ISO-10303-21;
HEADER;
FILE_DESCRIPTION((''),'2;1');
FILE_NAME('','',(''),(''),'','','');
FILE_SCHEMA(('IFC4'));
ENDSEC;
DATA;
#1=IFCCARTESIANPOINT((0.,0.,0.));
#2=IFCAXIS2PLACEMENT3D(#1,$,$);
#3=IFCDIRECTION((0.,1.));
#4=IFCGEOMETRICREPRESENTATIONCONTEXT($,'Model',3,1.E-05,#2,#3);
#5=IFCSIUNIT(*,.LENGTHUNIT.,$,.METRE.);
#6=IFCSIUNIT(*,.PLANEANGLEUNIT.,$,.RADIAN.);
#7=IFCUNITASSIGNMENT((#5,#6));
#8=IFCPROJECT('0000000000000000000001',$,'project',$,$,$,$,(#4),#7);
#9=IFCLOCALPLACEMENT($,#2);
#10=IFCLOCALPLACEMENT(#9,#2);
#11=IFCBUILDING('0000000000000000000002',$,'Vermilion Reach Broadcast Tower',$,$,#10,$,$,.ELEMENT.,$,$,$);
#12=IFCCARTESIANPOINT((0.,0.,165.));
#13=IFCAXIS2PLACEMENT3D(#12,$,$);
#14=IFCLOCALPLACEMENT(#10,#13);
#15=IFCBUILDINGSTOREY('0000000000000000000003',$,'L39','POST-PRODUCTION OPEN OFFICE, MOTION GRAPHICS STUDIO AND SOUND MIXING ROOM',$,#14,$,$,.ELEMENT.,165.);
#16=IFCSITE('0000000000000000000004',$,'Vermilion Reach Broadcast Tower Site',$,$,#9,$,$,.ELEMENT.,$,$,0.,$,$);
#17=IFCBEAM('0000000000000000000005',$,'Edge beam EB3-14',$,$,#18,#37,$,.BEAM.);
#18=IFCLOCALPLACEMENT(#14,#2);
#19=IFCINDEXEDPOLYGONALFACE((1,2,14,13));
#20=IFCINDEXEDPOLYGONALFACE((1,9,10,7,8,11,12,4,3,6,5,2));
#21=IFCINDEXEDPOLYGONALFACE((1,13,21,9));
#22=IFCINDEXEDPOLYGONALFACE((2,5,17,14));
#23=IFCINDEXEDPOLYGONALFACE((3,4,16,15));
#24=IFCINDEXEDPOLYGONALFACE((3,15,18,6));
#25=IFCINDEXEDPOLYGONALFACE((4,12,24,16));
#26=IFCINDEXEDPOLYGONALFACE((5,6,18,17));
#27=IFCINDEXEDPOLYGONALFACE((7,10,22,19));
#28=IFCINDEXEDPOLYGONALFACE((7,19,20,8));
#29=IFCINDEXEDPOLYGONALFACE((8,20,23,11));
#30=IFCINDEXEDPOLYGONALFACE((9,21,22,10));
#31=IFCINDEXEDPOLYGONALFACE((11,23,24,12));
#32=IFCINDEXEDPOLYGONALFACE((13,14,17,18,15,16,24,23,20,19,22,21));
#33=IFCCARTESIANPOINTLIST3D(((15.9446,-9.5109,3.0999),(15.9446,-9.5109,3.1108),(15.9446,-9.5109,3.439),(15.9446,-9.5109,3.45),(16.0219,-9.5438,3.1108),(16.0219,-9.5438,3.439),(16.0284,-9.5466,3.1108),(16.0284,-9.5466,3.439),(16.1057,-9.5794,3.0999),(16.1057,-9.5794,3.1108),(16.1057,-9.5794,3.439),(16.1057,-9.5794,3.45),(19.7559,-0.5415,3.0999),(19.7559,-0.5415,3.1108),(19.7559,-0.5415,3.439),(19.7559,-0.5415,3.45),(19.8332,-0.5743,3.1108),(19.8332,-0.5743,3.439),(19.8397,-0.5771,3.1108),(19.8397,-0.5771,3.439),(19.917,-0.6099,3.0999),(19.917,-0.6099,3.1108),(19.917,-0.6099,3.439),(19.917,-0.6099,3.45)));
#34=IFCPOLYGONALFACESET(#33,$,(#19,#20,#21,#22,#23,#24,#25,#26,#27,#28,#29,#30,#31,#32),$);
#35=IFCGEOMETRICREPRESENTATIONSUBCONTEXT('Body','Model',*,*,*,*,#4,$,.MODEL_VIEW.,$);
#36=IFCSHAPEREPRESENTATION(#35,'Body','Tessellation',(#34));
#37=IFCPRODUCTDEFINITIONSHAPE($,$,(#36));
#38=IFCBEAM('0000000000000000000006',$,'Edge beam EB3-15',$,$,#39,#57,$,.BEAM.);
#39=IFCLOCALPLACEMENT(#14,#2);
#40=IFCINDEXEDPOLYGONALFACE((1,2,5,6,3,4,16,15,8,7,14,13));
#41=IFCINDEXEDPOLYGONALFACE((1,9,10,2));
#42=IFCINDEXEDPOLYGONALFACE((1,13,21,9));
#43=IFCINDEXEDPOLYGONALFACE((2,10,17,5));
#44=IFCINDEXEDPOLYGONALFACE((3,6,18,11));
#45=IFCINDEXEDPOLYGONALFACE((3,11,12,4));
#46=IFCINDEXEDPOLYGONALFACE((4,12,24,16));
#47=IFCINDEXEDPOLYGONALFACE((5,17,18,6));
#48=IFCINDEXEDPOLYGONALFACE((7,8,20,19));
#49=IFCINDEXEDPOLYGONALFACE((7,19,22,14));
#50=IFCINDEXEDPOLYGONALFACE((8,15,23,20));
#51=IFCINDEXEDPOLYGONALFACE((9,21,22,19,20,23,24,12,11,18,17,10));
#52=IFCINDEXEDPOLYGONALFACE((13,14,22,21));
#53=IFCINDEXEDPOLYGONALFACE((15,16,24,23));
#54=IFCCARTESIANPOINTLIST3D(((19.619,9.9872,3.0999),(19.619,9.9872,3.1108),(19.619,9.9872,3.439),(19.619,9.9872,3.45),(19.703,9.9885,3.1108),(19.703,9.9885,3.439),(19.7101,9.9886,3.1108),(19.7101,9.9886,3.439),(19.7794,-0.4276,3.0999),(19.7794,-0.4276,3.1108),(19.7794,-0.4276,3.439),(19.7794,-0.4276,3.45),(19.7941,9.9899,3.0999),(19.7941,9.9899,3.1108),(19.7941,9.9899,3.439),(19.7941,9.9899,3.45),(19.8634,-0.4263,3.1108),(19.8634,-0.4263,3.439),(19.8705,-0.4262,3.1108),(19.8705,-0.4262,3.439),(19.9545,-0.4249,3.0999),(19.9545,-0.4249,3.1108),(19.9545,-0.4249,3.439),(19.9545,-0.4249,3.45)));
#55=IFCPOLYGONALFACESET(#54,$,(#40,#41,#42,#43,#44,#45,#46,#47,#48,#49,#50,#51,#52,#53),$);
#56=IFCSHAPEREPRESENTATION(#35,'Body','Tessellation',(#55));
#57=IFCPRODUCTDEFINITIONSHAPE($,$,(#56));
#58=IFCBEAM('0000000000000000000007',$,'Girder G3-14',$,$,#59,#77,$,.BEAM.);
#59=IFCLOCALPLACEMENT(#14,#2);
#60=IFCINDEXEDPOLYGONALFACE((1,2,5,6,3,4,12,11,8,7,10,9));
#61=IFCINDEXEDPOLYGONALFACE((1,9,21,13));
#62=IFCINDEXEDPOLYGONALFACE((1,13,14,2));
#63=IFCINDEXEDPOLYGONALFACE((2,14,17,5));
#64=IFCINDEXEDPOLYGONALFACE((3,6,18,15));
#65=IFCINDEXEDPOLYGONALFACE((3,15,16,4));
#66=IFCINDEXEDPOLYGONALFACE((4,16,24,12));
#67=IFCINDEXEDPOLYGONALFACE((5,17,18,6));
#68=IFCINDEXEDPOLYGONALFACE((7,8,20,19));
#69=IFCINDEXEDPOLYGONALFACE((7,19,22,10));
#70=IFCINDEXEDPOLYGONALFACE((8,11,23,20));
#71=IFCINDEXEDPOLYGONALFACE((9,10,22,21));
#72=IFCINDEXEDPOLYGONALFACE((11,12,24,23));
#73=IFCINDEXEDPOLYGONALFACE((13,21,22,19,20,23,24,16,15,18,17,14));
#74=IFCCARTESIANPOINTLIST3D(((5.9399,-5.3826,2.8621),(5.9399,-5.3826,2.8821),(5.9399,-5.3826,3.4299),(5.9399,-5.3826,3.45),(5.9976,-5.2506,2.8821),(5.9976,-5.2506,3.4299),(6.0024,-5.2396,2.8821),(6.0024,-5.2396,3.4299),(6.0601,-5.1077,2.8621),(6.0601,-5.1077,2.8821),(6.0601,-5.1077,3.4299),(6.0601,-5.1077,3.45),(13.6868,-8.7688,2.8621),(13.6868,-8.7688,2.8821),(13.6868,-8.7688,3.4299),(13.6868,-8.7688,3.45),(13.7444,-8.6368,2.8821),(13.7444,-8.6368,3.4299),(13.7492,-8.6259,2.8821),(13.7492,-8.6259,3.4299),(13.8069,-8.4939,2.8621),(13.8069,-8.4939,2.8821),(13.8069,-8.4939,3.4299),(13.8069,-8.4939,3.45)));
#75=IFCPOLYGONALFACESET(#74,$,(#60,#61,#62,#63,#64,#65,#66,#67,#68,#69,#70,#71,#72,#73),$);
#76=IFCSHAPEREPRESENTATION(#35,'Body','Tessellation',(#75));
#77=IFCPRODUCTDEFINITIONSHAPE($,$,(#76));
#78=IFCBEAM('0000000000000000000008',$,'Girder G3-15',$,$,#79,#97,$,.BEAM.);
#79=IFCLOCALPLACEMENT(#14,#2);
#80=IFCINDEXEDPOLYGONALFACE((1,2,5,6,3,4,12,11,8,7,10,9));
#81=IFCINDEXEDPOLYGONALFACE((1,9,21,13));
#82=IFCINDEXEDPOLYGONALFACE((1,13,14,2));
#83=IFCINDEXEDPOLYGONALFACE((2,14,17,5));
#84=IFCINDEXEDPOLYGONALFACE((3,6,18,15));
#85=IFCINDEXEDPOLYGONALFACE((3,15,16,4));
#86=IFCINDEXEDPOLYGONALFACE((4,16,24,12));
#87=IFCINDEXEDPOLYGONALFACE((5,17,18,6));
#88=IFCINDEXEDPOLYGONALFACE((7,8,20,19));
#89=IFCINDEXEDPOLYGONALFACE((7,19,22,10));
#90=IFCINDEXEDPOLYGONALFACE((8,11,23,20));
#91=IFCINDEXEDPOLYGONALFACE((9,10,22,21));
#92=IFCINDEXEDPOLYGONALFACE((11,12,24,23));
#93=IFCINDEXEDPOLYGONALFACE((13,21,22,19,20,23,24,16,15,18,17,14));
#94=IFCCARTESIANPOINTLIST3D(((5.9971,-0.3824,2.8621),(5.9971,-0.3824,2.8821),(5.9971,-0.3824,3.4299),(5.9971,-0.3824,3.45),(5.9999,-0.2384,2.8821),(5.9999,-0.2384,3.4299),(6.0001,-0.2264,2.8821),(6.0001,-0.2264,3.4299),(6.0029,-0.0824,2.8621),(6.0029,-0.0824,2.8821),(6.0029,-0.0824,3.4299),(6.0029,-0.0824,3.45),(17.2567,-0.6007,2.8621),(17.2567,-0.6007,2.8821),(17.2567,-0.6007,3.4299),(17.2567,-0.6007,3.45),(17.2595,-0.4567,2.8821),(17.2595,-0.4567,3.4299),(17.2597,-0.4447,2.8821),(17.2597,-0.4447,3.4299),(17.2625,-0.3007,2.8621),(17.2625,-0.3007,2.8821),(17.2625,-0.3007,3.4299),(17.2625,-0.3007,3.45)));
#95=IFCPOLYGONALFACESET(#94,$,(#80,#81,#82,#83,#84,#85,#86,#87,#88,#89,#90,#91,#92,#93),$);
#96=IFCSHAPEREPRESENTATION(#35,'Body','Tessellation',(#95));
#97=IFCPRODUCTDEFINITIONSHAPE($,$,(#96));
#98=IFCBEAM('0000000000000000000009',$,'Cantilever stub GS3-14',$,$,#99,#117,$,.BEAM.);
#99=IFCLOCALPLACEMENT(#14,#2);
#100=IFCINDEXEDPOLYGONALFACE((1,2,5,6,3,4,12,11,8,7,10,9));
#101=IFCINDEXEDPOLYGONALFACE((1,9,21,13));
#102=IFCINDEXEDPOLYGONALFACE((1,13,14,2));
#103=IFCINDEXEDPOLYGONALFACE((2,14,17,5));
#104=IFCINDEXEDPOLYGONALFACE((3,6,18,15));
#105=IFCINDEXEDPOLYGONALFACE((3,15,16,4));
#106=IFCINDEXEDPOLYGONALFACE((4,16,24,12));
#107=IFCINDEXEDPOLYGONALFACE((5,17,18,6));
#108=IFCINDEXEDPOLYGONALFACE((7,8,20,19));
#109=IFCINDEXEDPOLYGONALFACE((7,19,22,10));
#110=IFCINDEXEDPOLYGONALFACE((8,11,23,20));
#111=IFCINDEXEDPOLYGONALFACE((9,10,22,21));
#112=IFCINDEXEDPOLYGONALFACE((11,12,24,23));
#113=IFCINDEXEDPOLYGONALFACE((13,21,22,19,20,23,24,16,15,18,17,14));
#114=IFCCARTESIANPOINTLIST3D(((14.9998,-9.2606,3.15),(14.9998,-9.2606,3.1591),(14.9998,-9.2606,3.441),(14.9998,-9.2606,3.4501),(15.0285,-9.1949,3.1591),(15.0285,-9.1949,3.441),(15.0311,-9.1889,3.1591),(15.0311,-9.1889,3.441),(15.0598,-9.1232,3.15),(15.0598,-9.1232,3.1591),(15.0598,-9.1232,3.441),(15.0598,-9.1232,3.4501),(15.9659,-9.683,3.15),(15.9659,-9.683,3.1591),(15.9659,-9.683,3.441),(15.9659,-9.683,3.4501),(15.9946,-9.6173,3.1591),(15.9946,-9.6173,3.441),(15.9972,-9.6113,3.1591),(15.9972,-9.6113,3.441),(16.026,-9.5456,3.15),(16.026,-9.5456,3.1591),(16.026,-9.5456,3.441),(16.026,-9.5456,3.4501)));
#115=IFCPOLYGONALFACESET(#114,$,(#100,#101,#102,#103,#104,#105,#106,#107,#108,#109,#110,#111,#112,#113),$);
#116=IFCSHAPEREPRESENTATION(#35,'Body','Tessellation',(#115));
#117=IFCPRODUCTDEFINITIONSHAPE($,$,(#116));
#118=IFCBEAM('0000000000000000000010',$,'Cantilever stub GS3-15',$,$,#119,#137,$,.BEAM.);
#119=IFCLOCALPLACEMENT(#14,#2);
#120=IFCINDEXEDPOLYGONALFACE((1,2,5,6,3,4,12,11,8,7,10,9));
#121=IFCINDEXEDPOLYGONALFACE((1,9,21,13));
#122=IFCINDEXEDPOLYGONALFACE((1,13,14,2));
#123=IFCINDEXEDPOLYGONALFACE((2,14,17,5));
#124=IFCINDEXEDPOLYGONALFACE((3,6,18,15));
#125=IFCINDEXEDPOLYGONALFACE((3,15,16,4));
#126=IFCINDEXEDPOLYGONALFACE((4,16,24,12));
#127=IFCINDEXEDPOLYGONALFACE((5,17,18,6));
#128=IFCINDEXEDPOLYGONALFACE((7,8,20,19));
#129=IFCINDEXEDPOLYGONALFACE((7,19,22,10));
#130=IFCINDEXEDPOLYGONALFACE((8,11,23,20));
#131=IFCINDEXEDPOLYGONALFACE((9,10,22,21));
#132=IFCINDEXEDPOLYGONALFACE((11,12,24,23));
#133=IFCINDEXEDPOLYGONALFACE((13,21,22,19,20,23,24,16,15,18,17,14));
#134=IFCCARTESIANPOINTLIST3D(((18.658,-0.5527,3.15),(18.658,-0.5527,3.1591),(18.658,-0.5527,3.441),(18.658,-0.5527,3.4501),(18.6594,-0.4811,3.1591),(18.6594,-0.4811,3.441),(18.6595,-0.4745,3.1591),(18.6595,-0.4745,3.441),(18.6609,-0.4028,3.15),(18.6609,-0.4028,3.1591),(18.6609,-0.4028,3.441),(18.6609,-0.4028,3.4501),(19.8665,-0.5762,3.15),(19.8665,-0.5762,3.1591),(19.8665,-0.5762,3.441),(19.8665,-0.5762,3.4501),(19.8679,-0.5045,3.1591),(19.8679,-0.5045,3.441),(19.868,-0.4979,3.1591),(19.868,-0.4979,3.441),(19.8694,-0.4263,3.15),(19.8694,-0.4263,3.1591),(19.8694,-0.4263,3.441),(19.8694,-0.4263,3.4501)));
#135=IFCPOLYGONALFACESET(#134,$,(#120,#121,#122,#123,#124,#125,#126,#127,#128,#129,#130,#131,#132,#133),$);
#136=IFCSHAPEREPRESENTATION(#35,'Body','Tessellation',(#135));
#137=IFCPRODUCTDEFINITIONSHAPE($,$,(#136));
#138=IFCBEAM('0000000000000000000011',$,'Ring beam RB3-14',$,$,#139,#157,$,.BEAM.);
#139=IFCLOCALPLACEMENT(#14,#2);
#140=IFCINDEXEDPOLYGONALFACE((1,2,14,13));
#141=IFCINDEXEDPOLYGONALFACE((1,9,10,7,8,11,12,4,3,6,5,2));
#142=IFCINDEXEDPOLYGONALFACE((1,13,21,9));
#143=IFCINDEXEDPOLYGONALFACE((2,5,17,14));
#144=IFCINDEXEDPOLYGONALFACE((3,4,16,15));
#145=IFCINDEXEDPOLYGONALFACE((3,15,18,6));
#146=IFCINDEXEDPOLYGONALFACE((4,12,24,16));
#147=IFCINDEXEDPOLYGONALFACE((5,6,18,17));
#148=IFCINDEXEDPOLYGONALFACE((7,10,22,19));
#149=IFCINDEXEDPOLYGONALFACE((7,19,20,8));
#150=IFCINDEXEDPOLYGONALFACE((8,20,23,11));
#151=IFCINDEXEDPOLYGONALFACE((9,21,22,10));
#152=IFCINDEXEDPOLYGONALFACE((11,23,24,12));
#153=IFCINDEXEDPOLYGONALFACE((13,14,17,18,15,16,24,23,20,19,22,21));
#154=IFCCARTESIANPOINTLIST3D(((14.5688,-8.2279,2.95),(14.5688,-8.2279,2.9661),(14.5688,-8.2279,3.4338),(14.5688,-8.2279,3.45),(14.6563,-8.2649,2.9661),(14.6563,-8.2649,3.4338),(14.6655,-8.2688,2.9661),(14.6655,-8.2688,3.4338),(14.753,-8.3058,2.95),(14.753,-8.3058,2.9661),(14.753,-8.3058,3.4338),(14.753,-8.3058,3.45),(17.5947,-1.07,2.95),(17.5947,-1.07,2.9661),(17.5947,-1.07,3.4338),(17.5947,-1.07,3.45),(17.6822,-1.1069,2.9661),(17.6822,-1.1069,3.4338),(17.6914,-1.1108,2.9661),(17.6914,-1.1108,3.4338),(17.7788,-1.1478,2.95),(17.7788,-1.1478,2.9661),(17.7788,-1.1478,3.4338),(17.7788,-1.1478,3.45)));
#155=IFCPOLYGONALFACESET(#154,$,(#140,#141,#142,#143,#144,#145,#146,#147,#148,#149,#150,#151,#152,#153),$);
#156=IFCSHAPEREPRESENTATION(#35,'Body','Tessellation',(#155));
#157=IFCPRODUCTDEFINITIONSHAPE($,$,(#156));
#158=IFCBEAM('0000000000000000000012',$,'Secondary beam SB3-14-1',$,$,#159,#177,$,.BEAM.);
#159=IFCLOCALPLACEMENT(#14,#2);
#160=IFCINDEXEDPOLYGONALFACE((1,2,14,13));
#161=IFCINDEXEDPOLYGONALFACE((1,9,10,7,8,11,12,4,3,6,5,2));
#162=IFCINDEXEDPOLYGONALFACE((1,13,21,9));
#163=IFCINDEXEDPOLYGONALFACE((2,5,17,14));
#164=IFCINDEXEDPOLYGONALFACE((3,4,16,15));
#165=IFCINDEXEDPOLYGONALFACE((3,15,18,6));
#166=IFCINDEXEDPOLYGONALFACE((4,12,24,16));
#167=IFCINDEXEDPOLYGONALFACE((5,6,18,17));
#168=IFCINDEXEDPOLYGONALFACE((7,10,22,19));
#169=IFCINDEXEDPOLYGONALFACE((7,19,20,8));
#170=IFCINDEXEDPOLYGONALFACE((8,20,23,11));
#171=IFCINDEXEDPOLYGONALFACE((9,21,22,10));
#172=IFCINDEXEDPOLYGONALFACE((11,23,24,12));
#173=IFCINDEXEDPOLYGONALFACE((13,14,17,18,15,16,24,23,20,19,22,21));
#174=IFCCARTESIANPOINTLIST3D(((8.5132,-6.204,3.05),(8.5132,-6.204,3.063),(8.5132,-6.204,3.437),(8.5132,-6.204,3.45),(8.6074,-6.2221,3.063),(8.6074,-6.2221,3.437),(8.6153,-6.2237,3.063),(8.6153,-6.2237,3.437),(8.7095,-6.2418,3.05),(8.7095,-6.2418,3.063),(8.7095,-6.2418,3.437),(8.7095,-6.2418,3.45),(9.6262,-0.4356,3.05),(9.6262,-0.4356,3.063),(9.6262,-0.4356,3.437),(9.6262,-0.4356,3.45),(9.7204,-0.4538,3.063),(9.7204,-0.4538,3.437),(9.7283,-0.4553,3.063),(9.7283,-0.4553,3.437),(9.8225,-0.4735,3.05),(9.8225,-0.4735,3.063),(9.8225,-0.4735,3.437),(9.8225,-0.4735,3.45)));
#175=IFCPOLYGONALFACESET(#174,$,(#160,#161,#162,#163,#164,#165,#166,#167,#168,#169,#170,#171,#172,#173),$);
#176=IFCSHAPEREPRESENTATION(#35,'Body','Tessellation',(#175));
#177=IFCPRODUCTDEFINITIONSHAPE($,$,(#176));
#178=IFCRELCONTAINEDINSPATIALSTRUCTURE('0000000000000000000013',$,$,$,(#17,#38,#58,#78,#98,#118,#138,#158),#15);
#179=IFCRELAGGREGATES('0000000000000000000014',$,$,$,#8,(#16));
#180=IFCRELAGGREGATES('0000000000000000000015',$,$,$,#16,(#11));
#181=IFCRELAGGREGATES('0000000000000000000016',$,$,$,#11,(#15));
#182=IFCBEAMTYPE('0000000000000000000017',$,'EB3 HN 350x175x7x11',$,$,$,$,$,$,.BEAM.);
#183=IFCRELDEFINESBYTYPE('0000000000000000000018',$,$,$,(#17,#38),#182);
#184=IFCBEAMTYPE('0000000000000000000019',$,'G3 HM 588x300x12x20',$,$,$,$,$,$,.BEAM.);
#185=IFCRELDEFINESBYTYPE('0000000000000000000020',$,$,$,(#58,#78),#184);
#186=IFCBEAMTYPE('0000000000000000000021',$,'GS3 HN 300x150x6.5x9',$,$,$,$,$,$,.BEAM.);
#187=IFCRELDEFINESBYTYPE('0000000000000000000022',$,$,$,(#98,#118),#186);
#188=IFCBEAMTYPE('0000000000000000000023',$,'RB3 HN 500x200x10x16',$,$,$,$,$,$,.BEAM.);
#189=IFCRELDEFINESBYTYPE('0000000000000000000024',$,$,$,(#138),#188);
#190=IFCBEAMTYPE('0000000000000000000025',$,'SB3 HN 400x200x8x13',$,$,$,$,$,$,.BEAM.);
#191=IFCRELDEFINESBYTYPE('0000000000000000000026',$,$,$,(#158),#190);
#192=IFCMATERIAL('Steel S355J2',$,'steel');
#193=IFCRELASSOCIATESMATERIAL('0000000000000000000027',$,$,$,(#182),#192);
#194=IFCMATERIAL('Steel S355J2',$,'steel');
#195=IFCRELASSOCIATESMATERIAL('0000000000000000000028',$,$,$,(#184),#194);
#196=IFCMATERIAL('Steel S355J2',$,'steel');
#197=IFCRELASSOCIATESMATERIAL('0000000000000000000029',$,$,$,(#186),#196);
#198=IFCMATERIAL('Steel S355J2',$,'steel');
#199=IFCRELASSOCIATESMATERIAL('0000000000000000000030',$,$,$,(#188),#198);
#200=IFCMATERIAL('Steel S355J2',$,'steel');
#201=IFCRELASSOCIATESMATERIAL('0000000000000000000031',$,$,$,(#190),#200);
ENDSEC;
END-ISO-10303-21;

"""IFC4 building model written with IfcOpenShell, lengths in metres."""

from ifc_helpers import new_model, si_unit, direction, frame, origin, origin_2d, place, context, subcontext, project, spatial, i_section, extrude, material, material_profile, profile_set, type_object, element, save


model = new_model("IFC4")

# Units and contexts
model_context = context("Model", 3, precision=1e-05, world=origin(), true_north=direction((0.0, 1.0)))
body_context = subcontext(model_context, "Body", "Model", "MODEL_VIEW")
ifc_project = project(units=[si_unit("LENGTHUNIT", "METRE"), si_unit("PLANEANGLEUNIT", "RADIAN")], contexts=[model_context])

# Site, building, storey
site_placement = place(None, origin())
site = spatial("IfcSite", under=ifc_project, at=site_placement, Name="Vermilion Reach Broadcast Tower Site", CompositionType="ELEMENT", RefElevation=0.0)
building_placement = place(site_placement, origin())
building = spatial("IfcBuilding", under=site, at=building_placement, Name="Vermilion Reach Broadcast Tower", CompositionType="ELEMENT")
storey_placement = place(building_placement, frame((0.0, 0.0, 165.0)))
storey = spatial("IfcBuildingStorey", under=building, at=storey_placement, Name="L39", Description="POST-PRODUCTION OPEN OFFICE, MOTION GRAPHICS STUDIO AND SOUND MIXING ROOM", CompositionType="ELEMENT", Elevation=165.0)

# Beams
ifc_material_1 = material(Name="Steel S355J2", Category="steel")
ifc_material_profile_1 = material_profile(ifc_material_1, i_section(OverallWidth=0.175, OverallDepth=0.3501, WebThickness=0.0071, FlangeThickness=0.011, at=origin_2d()), Name="S355J2 HN 350x175x7x11")
ifc_profile_set_1 = profile_set([ifc_material_profile_1], Name="Steel S355J2")
beam_type_1 = type_object("IfcBeamType", Name="EB3 HN 350x175x7x11", PredefinedType="BEAM", material=ifc_profile_set_1)
beam_1_placement = place(storey_placement, frame((16.0251, -9.5452, 3.2749), z_axis=(0.391075, 0.920359, 0.0), x_axis=(-0.920359, 0.391075, 0.0)))
element("IfcBeam", 1, at=beam_1_placement, inside=storey, type_object=beam_type_1, Name="Edge beam EB3-14", PredefinedType="BEAM", context=body_context, shape_type="SweptSolid", body=[
    extrude(i_section(OverallWidth=0.175, OverallDepth=0.3501, WebThickness=0.0071, FlangeThickness=0.011, at=origin_2d()), origin(), (0.0, 0.0, 1.0), 9.7456),
])
beam_2_placement = place(storey_placement, frame((19.8669, -0.4263, 3.2749), z_axis=(-0.015399, 0.999881, 0.0), x_axis=(-0.999881, -0.015399, 0.0)))
element("IfcBeam", 2, at=beam_2_placement, inside=storey, type_object=beam_type_1, Name="Edge beam EB3-15", PredefinedType="BEAM", context=body_context, shape_type="SweptSolid", body=[
    extrude(i_section(OverallWidth=0.175, OverallDepth=0.3501, WebThickness=0.0071, FlangeThickness=0.011, at=origin_2d()), origin(), (0.0, 0.0, 1.0), 10.416),
])
ifc_material_2 = material(Name="Steel S355J2", Category="steel")
ifc_material_profile_2 = material_profile(ifc_material_2, i_section(OverallWidth=0.3, OverallDepth=0.5879, WebThickness=0.012, FlangeThickness=0.02, at=origin_2d()), Name="S355J2 HM 588x300x12x20")
ifc_profile_set_2 = profile_set([ifc_material_profile_2], Name="Steel S355J2")
beam_type_2 = type_object("IfcBeamType", Name="G3 HM 588x300x12x20", PredefinedType="BEAM", material=ifc_profile_set_2)
beam_3_placement = place(storey_placement, frame((6.0, -5.2451, 3.156), z_axis=(0.916288, -0.40052, 0.0), x_axis=(0.40052, 0.916288, 0.0)))
element("IfcBeam", 3, at=beam_3_placement, inside=storey, type_object=beam_type_2, Name="Girder G3-14", PredefinedType="BEAM", context=body_context, shape_type="SweptSolid", body=[
    extrude(i_section(OverallWidth=0.3, OverallDepth=0.5879, WebThickness=0.012, FlangeThickness=0.02, at=origin_2d()), origin(), (0.0, 0.0, 1.0), 8.4546),
])
beam_4_placement = place(storey_placement, frame((6.0, -0.2324, 3.156), z_axis=(0.999812, -0.019381, 0.0), x_axis=(0.019381, 0.999812, 0.0)))
element("IfcBeam", 4, at=beam_4_placement, inside=storey, type_object=beam_type_2, Name="Girder G3-15", PredefinedType="BEAM", context=body_context, shape_type="SweptSolid", body=[
    extrude(i_section(OverallWidth=0.3, OverallDepth=0.5879, WebThickness=0.012, FlangeThickness=0.02, at=origin_2d()), origin(), (0.0, 0.0, 1.0), 11.2617),
])
ifc_material_3 = material(Name="Steel S355J2", Category="steel")
ifc_material_profile_3 = material_profile(ifc_material_3, i_section(OverallWidth=0.1499, OverallDepth=0.3, WebThickness=0.0066, FlangeThickness=0.009, at=origin_2d()), Name="S355J2 HN 300x150x6.5x9")
ifc_profile_set_3 = profile_set([ifc_material_profile_3], Name="Steel S355J2")
beam_type_3 = type_object("IfcBeamType", Name="GS3 HN 300x150x6.5x9", PredefinedType="BEAM", material=ifc_profile_set_3)
beam_5_placement = place(storey_placement, frame((15.0298, -9.1919, 3.3), z_axis=(0.916258, -0.400588, 0.0), x_axis=(0.400588, 0.916258, 0.0)))
element("IfcBeam", 5, at=beam_5_placement, inside=storey, type_object=beam_type_3, Name="Cantilever stub GS3-14", PredefinedType="BEAM", context=body_context, shape_type="SweptSolid", body=[
    extrude(i_section(OverallWidth=0.1499, OverallDepth=0.3, WebThickness=0.0066, FlangeThickness=0.009, at=origin_2d()), origin(), (0.0, 0.0, 1.0), 1.0544),
])
beam_6_placement = place(storey_placement, frame((18.6594, -0.4778, 3.3), z_axis=(0.999812, -0.01939, 0.0), x_axis=(0.01939, 0.999812, 0.0)))
element("IfcBeam", 6, at=beam_6_placement, inside=storey, type_object=beam_type_3, Name="Cantilever stub GS3-15", PredefinedType="BEAM", context=body_context, shape_type="SweptSolid", body=[
    extrude(i_section(OverallWidth=0.1499, OverallDepth=0.3, WebThickness=0.0066, FlangeThickness=0.009, at=origin_2d()), origin(), (0.0, 0.0, 1.0), 1.2087),
])
ifc_material_4 = material(Name="Steel S355J2", Category="steel")
ifc_material_profile_4 = material_profile(ifc_material_4, i_section(OverallWidth=0.2, OverallDepth=0.5, WebThickness=0.01, FlangeThickness=0.0161, at=origin_2d()), Name="S355J2 HN 500x200x10x16")
ifc_profile_set_4 = profile_set([ifc_material_profile_4], Name="Steel S355J2")
beam_type_4 = type_object("IfcBeamType", Name="RB3 HN 500x200x10x16", PredefinedType="BEAM", material=ifc_profile_set_4)
beam_7_placement = place(storey_placement, frame((14.6609, -8.2668, 3.2), z_axis=(0.389368, 0.921082, 0.0), x_axis=(-0.921082, 0.389368, 0.0)))
element("IfcBeam", 7, at=beam_7_placement, inside=storey, type_object=beam_type_4, Name="Ring beam RB3-14", PredefinedType="BEAM", context=body_context, shape_type="SweptSolid", body=[
    extrude(i_section(OverallWidth=0.2, OverallDepth=0.5, WebThickness=0.01, FlangeThickness=0.0161, at=origin_2d()), origin(), (0.0, 0.0, 1.0), 7.7712),
])
ifc_material_5 = material(Name="Steel S355J2", Category="steel")
ifc_material_profile_5 = material_profile(ifc_material_5, i_section(OverallWidth=0.2, OverallDepth=0.3999, WebThickness=0.0081, FlangeThickness=0.0129, at=origin_2d()), Name="S355J2 HN 400x200x8x13")
ifc_profile_set_5 = profile_set([ifc_material_profile_5], Name="Steel S355J2")
beam_type_5 = type_object("IfcBeamType", Name="SB3 HN 400x200x8x13", PredefinedType="BEAM", material=ifc_profile_set_5)
beam_8_placement = place(storey_placement, frame((8.6113, -6.2229, 3.25), z_axis=(0.189462, 0.981888, 0.0), x_axis=(-0.981888, 0.189462, 0.0)))
element("IfcBeam", 8, at=beam_8_placement, inside=storey, type_object=beam_type_5, Name="Secondary beam SB3-14-1", PredefinedType="BEAM", context=body_context, shape_type="SweptSolid", body=[
    extrude(i_section(OverallWidth=0.2, OverallDepth=0.3999, WebThickness=0.0081, FlangeThickness=0.0129, at=origin_2d()), origin(), (0.0, 0.0, 1.0), 5.8748),
])

save(model, "model.ifc")
